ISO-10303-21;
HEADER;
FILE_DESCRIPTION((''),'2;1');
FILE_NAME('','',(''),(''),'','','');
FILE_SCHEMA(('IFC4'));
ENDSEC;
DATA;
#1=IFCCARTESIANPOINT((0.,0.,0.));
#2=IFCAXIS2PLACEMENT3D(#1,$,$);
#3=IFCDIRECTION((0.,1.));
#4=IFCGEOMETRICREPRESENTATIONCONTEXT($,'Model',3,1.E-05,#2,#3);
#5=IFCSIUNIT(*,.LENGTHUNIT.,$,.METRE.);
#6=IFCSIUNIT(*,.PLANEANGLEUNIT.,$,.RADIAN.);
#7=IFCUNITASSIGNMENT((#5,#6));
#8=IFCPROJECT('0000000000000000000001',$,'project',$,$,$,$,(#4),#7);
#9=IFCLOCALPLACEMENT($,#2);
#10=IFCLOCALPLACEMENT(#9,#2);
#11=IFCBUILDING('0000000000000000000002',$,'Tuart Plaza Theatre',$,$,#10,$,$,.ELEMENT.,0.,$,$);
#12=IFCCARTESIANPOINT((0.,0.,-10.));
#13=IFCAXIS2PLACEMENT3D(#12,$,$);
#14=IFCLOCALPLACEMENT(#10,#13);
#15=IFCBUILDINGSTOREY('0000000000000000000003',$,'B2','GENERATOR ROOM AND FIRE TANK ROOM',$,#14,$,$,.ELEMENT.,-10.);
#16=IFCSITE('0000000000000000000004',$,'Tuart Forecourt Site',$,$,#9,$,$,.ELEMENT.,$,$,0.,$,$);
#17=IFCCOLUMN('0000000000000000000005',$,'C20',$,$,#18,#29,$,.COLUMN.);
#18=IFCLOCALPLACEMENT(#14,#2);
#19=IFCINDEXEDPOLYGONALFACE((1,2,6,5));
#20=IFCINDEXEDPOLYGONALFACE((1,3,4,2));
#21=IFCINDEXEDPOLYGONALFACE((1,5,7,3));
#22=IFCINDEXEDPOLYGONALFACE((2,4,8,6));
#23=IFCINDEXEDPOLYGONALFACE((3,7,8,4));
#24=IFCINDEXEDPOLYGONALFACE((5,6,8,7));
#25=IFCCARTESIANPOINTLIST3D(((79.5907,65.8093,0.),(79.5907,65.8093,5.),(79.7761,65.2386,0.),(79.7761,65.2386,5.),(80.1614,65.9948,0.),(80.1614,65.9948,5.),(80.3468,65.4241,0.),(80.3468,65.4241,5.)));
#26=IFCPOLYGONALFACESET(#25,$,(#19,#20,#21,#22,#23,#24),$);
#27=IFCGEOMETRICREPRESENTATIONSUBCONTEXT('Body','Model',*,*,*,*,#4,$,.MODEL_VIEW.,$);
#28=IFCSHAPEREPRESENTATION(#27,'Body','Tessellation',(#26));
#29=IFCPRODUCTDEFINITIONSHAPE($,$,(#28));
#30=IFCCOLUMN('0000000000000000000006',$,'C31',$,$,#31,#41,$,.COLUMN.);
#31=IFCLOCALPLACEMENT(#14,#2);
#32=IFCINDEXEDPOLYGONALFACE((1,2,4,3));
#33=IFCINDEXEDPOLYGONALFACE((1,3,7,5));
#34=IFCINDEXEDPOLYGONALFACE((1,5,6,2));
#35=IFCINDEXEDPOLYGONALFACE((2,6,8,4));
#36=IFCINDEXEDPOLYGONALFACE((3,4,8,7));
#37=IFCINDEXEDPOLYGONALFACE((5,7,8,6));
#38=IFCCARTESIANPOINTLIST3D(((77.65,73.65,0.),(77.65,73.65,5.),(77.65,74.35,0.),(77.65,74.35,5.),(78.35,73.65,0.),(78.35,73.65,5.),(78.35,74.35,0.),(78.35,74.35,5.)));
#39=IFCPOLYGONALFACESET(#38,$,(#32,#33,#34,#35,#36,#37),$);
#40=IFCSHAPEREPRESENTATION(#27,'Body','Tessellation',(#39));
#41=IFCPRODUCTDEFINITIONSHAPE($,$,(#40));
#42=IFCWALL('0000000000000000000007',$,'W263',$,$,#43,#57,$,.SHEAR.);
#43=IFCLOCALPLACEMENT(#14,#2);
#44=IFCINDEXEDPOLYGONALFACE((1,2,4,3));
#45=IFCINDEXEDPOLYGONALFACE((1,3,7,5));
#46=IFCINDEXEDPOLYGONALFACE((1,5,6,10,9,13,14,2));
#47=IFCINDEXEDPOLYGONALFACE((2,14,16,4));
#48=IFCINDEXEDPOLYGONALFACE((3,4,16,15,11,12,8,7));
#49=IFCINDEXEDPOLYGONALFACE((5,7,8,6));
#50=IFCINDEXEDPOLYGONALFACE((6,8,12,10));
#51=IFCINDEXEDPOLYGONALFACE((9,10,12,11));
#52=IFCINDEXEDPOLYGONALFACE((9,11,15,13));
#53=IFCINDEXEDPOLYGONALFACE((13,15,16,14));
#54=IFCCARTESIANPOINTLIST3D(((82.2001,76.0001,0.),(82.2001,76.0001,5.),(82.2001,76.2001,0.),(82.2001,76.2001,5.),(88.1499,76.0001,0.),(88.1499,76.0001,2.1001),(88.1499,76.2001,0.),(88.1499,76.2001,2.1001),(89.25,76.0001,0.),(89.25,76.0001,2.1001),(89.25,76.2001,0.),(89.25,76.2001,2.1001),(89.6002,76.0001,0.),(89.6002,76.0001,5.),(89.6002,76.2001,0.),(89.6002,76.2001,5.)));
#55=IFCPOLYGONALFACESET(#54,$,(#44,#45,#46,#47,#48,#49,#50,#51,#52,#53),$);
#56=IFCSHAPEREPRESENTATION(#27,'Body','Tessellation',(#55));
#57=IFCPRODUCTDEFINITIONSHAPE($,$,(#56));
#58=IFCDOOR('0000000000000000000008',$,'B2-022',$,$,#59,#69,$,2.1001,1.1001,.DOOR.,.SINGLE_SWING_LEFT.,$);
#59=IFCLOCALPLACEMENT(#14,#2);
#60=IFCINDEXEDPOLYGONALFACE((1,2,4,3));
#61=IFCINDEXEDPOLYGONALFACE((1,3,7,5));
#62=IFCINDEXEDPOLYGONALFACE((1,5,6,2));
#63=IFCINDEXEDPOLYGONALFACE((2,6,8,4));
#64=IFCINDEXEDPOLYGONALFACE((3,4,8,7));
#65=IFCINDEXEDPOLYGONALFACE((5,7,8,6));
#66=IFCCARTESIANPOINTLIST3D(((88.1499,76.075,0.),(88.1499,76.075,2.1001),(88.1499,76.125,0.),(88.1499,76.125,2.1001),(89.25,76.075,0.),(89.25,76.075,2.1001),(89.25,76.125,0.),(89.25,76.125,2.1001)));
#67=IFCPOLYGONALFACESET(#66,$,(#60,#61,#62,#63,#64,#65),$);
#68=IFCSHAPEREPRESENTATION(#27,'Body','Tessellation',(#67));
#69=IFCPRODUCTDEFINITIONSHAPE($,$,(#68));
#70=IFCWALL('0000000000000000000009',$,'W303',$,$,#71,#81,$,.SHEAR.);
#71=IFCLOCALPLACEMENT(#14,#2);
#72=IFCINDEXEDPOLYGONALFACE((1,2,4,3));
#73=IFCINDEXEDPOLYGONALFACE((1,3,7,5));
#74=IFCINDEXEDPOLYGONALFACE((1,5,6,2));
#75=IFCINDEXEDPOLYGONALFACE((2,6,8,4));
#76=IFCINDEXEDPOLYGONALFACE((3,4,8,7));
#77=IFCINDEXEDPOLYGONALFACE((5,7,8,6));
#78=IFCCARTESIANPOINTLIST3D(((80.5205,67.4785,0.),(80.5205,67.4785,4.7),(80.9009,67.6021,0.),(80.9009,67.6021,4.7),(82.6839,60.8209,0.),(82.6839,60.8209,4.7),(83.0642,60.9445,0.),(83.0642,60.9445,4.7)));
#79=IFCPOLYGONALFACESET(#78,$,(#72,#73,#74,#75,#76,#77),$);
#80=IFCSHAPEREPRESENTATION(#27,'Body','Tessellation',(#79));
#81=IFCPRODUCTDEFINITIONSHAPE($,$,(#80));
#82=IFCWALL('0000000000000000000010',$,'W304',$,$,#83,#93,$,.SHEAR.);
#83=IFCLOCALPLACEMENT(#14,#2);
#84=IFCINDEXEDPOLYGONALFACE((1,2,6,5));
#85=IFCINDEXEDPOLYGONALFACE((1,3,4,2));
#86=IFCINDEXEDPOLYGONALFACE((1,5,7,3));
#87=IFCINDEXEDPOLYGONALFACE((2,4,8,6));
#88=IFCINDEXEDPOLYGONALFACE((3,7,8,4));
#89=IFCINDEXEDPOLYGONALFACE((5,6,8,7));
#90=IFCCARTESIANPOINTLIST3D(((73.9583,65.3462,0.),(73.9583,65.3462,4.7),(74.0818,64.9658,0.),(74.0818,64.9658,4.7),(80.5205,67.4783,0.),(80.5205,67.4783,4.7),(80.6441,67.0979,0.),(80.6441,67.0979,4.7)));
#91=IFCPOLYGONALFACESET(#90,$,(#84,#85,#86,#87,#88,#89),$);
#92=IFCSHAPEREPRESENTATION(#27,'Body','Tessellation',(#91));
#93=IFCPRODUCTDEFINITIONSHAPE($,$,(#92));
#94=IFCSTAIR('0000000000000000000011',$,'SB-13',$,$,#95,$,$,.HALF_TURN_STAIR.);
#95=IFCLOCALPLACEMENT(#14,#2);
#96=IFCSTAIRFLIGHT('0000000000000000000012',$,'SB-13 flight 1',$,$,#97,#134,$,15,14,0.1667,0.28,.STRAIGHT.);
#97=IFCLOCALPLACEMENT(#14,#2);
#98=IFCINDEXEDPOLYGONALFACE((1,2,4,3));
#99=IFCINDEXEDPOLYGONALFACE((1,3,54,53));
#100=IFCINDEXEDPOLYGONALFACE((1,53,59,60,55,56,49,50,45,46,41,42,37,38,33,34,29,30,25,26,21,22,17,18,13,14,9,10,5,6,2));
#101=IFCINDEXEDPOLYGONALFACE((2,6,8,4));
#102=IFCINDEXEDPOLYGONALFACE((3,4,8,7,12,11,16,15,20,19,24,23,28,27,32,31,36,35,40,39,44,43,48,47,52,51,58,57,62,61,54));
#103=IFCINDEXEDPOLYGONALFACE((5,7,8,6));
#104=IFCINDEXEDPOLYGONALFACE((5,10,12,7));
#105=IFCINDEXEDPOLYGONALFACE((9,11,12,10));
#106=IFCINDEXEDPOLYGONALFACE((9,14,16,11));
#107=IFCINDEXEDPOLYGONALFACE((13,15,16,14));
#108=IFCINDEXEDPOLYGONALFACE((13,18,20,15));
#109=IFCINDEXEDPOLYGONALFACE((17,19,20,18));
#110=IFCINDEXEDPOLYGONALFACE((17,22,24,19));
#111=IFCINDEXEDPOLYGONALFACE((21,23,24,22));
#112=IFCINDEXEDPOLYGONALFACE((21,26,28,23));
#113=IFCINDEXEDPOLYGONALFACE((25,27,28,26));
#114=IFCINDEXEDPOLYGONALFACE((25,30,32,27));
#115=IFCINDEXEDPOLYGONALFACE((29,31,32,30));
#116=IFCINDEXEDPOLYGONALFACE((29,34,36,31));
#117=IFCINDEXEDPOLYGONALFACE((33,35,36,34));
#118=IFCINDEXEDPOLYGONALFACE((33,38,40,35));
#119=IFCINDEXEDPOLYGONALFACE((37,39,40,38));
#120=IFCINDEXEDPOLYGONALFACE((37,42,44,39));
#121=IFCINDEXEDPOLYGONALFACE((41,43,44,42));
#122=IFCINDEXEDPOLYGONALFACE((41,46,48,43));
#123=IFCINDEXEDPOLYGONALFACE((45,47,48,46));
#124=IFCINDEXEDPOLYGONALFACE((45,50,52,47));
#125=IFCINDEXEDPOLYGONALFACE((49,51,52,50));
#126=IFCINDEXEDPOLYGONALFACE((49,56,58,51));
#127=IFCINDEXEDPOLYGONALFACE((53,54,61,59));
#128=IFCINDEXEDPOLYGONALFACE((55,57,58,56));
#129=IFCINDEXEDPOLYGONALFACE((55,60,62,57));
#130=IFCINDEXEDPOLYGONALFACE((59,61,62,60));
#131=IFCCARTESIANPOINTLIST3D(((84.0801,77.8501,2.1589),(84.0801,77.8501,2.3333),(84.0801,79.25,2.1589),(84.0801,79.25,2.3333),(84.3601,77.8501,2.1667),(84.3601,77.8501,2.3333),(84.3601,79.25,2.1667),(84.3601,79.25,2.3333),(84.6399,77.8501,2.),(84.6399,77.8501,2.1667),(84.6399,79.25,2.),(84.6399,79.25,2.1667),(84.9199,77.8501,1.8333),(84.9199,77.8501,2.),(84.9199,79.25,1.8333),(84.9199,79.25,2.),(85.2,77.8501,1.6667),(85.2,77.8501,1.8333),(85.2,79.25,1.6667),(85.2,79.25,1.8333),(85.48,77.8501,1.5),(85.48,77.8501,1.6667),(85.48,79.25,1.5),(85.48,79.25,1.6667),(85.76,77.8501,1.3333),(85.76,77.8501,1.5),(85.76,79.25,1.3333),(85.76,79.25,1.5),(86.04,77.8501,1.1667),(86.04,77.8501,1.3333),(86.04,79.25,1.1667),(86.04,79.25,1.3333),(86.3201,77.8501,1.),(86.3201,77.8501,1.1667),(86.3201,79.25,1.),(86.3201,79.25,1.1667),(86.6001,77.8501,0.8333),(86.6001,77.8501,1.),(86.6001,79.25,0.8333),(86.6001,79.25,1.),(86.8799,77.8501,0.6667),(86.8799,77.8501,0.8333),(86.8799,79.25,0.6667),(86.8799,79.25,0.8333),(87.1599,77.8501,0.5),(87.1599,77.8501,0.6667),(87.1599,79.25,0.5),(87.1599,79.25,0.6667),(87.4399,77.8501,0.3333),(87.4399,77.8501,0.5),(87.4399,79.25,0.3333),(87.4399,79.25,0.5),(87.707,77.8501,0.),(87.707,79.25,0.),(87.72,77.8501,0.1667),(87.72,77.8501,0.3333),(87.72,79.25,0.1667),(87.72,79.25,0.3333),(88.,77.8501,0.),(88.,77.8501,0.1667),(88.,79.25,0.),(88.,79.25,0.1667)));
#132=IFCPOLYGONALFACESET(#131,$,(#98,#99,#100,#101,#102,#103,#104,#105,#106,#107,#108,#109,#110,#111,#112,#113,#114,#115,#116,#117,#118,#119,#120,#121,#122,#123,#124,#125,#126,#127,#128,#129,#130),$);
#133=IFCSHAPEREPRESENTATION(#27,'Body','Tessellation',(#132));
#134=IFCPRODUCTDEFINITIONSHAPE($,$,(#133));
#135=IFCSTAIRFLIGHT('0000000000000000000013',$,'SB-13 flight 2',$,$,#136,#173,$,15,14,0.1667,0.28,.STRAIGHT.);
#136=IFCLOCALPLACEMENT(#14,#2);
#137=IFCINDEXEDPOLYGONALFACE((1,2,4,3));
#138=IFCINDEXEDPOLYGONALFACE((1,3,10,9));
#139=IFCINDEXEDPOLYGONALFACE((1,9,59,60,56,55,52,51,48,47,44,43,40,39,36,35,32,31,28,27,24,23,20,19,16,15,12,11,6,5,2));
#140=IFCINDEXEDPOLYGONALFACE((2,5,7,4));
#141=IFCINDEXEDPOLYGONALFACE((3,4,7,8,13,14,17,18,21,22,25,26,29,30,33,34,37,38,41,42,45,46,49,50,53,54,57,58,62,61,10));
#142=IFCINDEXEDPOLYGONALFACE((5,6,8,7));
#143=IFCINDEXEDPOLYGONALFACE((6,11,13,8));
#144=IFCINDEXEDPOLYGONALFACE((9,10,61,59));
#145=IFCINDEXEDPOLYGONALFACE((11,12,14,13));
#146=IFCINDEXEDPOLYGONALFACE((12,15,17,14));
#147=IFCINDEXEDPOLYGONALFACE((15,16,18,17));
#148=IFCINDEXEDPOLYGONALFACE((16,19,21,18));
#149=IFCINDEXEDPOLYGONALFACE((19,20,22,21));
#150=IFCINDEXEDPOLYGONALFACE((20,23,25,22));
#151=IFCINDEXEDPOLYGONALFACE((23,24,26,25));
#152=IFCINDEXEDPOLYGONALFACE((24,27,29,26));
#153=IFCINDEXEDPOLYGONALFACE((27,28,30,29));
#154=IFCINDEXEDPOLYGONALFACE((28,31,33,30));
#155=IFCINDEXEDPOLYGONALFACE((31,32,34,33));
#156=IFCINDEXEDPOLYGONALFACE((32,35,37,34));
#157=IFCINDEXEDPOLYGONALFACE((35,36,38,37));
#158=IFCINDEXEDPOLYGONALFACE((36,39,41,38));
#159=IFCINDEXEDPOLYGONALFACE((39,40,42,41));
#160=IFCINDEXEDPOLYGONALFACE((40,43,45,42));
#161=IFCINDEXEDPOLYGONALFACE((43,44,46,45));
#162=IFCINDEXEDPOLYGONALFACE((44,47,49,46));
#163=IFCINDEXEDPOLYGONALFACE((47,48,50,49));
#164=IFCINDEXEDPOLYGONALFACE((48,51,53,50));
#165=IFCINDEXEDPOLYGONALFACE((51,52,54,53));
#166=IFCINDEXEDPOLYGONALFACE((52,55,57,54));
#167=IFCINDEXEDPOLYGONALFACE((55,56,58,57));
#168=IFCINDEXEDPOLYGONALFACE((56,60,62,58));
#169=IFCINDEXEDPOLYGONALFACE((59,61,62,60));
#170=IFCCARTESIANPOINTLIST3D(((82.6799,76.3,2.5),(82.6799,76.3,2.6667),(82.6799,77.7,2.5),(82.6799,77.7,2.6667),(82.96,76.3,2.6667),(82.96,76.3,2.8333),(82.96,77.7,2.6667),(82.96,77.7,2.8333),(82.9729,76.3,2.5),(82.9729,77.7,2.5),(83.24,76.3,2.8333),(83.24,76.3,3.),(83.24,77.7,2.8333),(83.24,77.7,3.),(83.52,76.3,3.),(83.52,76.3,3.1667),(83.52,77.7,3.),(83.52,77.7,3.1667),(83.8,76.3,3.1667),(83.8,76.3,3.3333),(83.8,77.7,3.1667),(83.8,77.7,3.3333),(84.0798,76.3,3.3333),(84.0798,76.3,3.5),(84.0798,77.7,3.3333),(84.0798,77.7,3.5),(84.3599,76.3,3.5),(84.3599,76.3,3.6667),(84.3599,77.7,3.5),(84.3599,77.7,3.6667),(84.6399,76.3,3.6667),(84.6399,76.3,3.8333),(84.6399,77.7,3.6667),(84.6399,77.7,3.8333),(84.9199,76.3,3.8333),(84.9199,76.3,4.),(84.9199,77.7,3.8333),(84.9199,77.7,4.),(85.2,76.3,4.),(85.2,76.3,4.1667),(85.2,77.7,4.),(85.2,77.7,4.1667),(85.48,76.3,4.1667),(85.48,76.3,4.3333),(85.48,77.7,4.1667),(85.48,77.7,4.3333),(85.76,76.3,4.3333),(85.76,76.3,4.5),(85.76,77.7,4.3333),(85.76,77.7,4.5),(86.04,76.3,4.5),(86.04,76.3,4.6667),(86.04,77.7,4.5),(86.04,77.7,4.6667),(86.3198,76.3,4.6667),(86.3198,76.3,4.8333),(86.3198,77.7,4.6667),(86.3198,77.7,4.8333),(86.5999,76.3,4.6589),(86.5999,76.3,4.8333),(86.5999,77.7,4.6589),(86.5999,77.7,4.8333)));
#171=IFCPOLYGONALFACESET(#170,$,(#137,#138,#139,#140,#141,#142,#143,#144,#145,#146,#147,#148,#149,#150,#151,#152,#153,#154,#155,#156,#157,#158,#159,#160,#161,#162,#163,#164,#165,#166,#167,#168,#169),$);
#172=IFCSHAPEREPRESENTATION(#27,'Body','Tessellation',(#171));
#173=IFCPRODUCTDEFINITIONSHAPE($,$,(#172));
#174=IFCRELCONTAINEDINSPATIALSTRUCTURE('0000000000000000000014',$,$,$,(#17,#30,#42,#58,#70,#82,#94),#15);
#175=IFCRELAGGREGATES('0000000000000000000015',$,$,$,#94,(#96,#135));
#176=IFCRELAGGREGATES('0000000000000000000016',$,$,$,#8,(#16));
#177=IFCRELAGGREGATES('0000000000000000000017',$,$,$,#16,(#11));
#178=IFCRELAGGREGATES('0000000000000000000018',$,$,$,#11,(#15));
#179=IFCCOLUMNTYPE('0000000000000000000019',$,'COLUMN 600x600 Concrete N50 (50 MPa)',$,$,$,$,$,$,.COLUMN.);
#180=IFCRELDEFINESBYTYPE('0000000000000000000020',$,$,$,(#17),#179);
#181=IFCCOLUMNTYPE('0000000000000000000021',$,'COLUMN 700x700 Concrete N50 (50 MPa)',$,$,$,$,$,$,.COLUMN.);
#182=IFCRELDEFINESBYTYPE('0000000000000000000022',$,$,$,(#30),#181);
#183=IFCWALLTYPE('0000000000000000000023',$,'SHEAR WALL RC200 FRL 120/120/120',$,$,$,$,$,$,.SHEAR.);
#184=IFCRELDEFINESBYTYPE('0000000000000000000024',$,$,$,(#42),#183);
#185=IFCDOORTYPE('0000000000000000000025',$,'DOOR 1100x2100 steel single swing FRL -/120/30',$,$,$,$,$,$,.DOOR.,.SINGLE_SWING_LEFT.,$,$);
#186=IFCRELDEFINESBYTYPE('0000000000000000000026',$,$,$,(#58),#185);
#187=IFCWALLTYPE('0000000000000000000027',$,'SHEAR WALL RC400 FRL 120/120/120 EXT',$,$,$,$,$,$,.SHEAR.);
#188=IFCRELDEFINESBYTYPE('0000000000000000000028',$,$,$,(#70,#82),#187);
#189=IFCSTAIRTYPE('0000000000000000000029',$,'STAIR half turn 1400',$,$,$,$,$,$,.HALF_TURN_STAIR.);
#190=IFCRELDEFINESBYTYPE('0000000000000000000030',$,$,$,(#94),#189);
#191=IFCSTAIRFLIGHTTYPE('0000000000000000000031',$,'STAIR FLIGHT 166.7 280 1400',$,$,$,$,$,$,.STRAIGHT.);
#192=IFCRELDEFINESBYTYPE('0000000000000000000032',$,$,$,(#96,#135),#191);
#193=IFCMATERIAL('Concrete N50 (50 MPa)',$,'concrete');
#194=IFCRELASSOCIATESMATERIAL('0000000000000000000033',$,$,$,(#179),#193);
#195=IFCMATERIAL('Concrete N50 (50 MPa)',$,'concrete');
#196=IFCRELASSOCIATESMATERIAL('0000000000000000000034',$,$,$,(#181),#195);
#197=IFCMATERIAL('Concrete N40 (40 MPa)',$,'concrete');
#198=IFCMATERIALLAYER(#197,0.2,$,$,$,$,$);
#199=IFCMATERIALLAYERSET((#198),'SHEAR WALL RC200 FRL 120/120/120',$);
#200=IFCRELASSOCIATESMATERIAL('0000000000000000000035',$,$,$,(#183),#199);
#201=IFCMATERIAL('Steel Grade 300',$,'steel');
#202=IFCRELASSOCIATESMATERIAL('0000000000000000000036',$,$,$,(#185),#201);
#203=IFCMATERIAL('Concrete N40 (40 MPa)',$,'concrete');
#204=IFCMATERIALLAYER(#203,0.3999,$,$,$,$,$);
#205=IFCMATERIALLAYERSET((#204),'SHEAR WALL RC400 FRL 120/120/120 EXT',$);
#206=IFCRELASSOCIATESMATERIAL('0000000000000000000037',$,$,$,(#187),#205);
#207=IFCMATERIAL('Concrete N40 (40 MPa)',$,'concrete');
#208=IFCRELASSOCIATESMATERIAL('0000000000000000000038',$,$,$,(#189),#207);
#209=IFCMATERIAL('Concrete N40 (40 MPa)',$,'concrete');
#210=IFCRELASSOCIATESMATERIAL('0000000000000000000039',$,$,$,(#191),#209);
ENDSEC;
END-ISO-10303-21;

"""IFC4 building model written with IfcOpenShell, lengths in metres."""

from ifc_helpers import new_model, si_unit, direction, frame, frame_2d, origin, origin_2d, place, context, subcontext, project, spatial, polyline, rectangle, outline, extrude, material, layer, layer_set, material_profile, profile_set, type_object, element, fill, aggregate, save


model = new_model("IFC4")

# Units and contexts
model_context = context("Model", 3, precision=1e-05, world=origin(), true_north=direction((0.0, 1.0)))
body_context = subcontext(model_context, "Body", "Model", "MODEL_VIEW")
ifc_project = project(units=[si_unit("LENGTHUNIT", "METRE"), si_unit("PLANEANGLEUNIT", "RADIAN")], contexts=[model_context])

# Site, building, storey
site_placement = place(None, origin())
site = spatial("IfcSite", under=ifc_project, at=site_placement, Name="Tuart Forecourt Site", CompositionType="ELEMENT", RefElevation=0.0)
building_placement = place(site_placement, origin())
building = spatial("IfcBuilding", under=site, at=building_placement, Name="Tuart Plaza Theatre", CompositionType="ELEMENT", ElevationOfRefHeight=0.0)
storey_placement = place(building_placement, frame((0.0, 0.0, -10.0)))
storey = spatial("IfcBuildingStorey", under=building, at=storey_placement, Name="B2", Description="GENERATOR ROOM AND FIRE TANK ROOM", CompositionType="ELEMENT", Elevation=-10.0)

# Columns
ifc_material_1 = material(Name="Concrete N50 (50 MPa)", Category="concrete")
ifc_material_profile_1 = material_profile(ifc_material_1, rectangle(XDim=0.6001, YDim=0.6001, at=origin_2d()), Name="COLUMN 600x600 Concrete N50 (50 MPa)")
ifc_profile_set_1 = profile_set([ifc_material_profile_1], Name="Concrete N50 (50 MPa)")
column_type_1 = type_object("IfcColumnType", Name="COLUMN 600x600 Concrete N50 (50 MPa)", PredefinedType="COLUMN", material=ifc_profile_set_1)
for number, where, z_axis, x_axis, name in (
    (1, (79.9688, 65.6167, 0.0), (0.0, 0.0, 1.0), (0.951057, 0.309017, 0.0), "C20"),
):
    element("IfcColumn", number, at=place(storey_placement, frame(where, z_axis=z_axis, x_axis=x_axis)), inside=storey, type_object=column_type_1, Name=name, PredefinedType="COLUMN", context=body_context, shape_type="SweptSolid", body=[
        extrude(rectangle(XDim=0.6001, YDim=0.6001, at=origin_2d()), origin(), (0.0, 0.0, 1.0), 5.0),
    ])
ifc_material_2 = material(Name="Concrete N50 (50 MPa)", Category="concrete")
ifc_material_profile_2 = material_profile(ifc_material_2, rectangle(XDim=0.7, YDim=0.7, at=origin_2d()), Name="COLUMN 700x700 Concrete N50 (50 MPa)")
ifc_profile_set_2 = profile_set([ifc_material_profile_2], Name="Concrete N50 (50 MPa)")
column_type_2 = type_object("IfcColumnType", Name="COLUMN 700x700 Concrete N50 (50 MPa)", PredefinedType="COLUMN", material=ifc_profile_set_2)
column_placement = place(storey_placement, frame((78.0, 74.0, 0.0), z_axis=(0.0, 0.0, 1.0), x_axis=(1.0, 0.0, 0.0)))
element("IfcColumn", 2, at=column_placement, inside=storey, type_object=column_type_2, Name="C31", PredefinedType="COLUMN", context=body_context, shape_type="SweptSolid", body=[
    extrude(rectangle(XDim=0.7, YDim=0.7, at=origin_2d()), origin(), (0.0, 0.0, 1.0), 5.0),
])

# Wall, opening, door
ifc_material_3 = material(Name="Concrete N40 (40 MPa)", Category="concrete")
ifc_layer_1 = layer(ifc_material_3, 0.2)
ifc_layer_set_1 = layer_set([ifc_layer_1], Name="SHEAR WALL RC200 FRL 120/120/120")
wall_type_1 = type_object("IfcWallType", Name="SHEAR WALL RC200 FRL 120/120/120", PredefinedType="SHEAR", material=ifc_layer_set_1)
wall_1_placement = place(storey_placement, frame((82.2, 76.1001, 0.0), z_axis=(0.0, 0.0, 1.0), x_axis=(1.0, 0.0, 0.0)))
wall_1 = element("IfcWall", 3, at=wall_1_placement, inside=storey, type_object=wall_type_1, Name="W263", PredefinedType="SHEAR", context=body_context, shape_type="SweptSolid", body=[
    extrude(rectangle(XDim=7.4001, YDim=0.2, at=frame_2d((3.7002, 0.0))), origin(), (0.0, 0.0, 1.0), 5.0),
])
opening_placement = place(wall_1_placement, frame((5.95, 0.0, 0.0)))
opening = element("IfcOpeningElement", 4, at=opening_placement, cuts=wall_1, PredefinedType="OPENING", context=body_context, shape_type="SweptSolid", body=[
    extrude(rectangle(XDim=1.1001, YDim=2.1001, at=frame_2d((0.55, 1.05))), frame((0.0, 0.1099, 0.0), z_axis=(0.0, -1.0, 0.0), x_axis=(1.0, 0.0, 0.0)), (0.0, 0.0, 1.0), 0.22),
])
ifc_material_4 = material(Name="Steel Grade 300", Category="steel")
door_type = type_object("IfcDoorType", Name="DOOR 1100x2100 steel single swing FRL -/120/30", OperationType="SINGLE_SWING_LEFT", PredefinedType="DOOR", material=ifc_material_4)
door_placement = place(opening_placement, origin())
door = element("IfcDoor", 5, at=door_placement, inside=storey, type_object=door_type, Name="B2-022", OperationType="SINGLE_SWING_LEFT", OverallHeight=2.1001, OverallWidth=1.1001, PredefinedType="DOOR", context=body_context, shape_type="SweptSolid", body=[
    extrude(rectangle(XDim=1.1001, YDim=2.1001, at=frame_2d((0.55, 1.05))), frame((0.0, 0.0249, 0.0), z_axis=(0.0, -1.0, 0.0), x_axis=(1.0, 0.0, 0.0)), (0.0, 0.0, 1.0), 0.05),
])
fill(opening, door)

# Walls
ifc_material_5 = material(Name="Concrete N40 (40 MPa)", Category="concrete")
ifc_layer_2 = layer(ifc_material_5, 0.3999)
ifc_layer_set_2 = layer_set([ifc_layer_2], Name="SHEAR WALL RC400 FRL 120/120/120 EXT")
wall_type_2 = type_object("IfcWallType", Name="SHEAR WALL RC400 FRL 120/120/120 EXT", PredefinedType="SHEAR", material=ifc_layer_set_2)
wall_2_placement = place(storey_placement, frame((82.874, 60.8828, 0.0), z_axis=(0.0, 0.0, 1.0), x_axis=(-0.309041, 0.951049, 0.0)))
element("IfcWall", 6, at=wall_2_placement, inside=storey, type_object=wall_type_2, Name="W303", PredefinedType="SHEAR", context=body_context, shape_type="SweptSolid", body=[
    extrude(rectangle(XDim=7.0002, YDim=0.3999, at=frame_2d((3.5, 0.0))), origin(), (0.0, 0.0, 1.0), 4.7),
])
wall_3_placement = place(storey_placement, frame((80.5823, 67.2881, 0.0), z_axis=(0.0, 0.0, 1.0), x_axis=(-0.951062, -0.309, 0.0)))
element("IfcWall", 7, at=wall_3_placement, inside=storey, type_object=wall_type_2, Name="W304", PredefinedType="SHEAR", context=body_context, shape_type="SweptSolid", body=[
    extrude(rectangle(XDim=6.8999, YDim=0.3999, at=frame_2d((3.45, 0.0))), origin(), (0.0, 0.0, 1.0), 4.7),
])

# Stair, stair flights
ifc_material_6 = material(Name="Concrete N40 (40 MPa)", Category="concrete")
stair_type = type_object("IfcStairType", Name="STAIR half turn 1400", PredefinedType="HALF_TURN_STAIR", material=ifc_material_6)
stair_placement = place(storey_placement, origin())
stair = element("IfcStair", 8, at=stair_placement, inside=storey, type_object=stair_type, Name="SB-13", PredefinedType="HALF_TURN_STAIR")
ifc_material_7 = material(Name="Concrete N40 (40 MPa)", Category="concrete")
stair_flight_type = type_object("IfcStairFlightType", Name="STAIR FLIGHT 166.7 280 1400", PredefinedType="STRAIGHT", material=ifc_material_7)
stair_flight_1_placement = place(storey_placement, frame((88.0, 78.55, 0.0), z_axis=(0.0, 0.0, 1.0), x_axis=(-1.0, 0.0, 0.0)))
stair_flight_1 = element("IfcStairFlight", 9, at=stair_flight_1_placement, type_object=stair_flight_type, Name="SB-13 flight 1", NumberOfRisers=15, NumberOfTreads=14, PredefinedType="STRAIGHT", RiserHeight=0.1667, TreadLength=0.28, context=body_context, shape_type="SweptSolid", body=[
    extrude(outline(polyline([(0.0, 0.0), (0.0, 0.1667), (0.28, 0.1667), (0.28, 0.3333), (0.5601, 0.3333), (0.5601, 0.5), (0.8401, 0.5), (0.8401, 0.6667), (1.1201, 0.6667), (1.1201, 0.8333), (1.3999, 0.8333), (1.3999, 1.0), (1.6799, 1.0), (1.6799, 1.1667), (1.96, 1.1667), (1.96, 1.3333), (2.24, 1.3333), (2.24, 1.5), (2.52, 1.5), (2.52, 1.6667), (2.8, 1.6667), (2.8, 1.8333), (3.0801, 1.8333), (3.0801, 2.0), (3.3601, 2.0), (3.3601, 2.1667), (3.6399, 2.1667), (3.6399, 2.3333), (3.9199, 2.3333), (3.9199, 2.5), (3.9199, 2.1589), (0.293, 0.0), (0.0, 0.0)])), frame((0.0, 0.7, 0.0), z_axis=(0.0, -1.0, 0.0), x_axis=(1.0, 0.0, 0.0)), (0.0, 0.0, 1.0), 1.3999),
])
stair_flight_2_placement = place(storey_placement, frame((82.6799, 77.0, 2.5), z_axis=(0.0, 0.0, 1.0), x_axis=(1.0, 0.0, 0.0)))
stair_flight_2 = element("IfcStairFlight", 10, at=stair_flight_2_placement, type_object=stair_flight_type, Name="SB-13 flight 2", NumberOfRisers=15, NumberOfTreads=14, PredefinedType="STRAIGHT", RiserHeight=0.1667, TreadLength=0.28, context=body_context, shape_type="SweptSolid", body=[
    extrude(outline(polyline([(0.0, 0.0), (0.0, 0.1667), (0.28, 0.1667), (0.28, 0.3333), (0.5601, 0.3333), (0.5601, 0.5), (0.8401, 0.5), (0.8401, 0.6667), (1.1201, 0.6667), (1.1201, 0.8333), (1.3999, 0.8333), (1.3999, 1.0), (1.6799, 1.0), (1.6799, 1.1667), (1.96, 1.1667), (1.96, 1.3333), (2.24, 1.3333), (2.24, 1.5), (2.52, 1.5), (2.52, 1.6667), (2.8, 1.6667), (2.8, 1.8333), (3.0801, 1.8333), (3.0801, 2.0), (3.3601, 2.0), (3.3601, 2.1667), (3.6399, 2.1667), (3.6399, 2.3333), (3.9199, 2.3333), (3.9199, 2.5), (3.9199, 2.1589), (0.293, 0.0), (0.0, 0.0)])), frame((0.0, 0.7, 0.0), z_axis=(0.0, -1.0, 0.0), x_axis=(1.0, 0.0, 0.0)), (0.0, 0.0, 1.0), 1.3999),
])
aggregate(stair, [stair_flight_1, stair_flight_2])

save(model, "model.ifc")
